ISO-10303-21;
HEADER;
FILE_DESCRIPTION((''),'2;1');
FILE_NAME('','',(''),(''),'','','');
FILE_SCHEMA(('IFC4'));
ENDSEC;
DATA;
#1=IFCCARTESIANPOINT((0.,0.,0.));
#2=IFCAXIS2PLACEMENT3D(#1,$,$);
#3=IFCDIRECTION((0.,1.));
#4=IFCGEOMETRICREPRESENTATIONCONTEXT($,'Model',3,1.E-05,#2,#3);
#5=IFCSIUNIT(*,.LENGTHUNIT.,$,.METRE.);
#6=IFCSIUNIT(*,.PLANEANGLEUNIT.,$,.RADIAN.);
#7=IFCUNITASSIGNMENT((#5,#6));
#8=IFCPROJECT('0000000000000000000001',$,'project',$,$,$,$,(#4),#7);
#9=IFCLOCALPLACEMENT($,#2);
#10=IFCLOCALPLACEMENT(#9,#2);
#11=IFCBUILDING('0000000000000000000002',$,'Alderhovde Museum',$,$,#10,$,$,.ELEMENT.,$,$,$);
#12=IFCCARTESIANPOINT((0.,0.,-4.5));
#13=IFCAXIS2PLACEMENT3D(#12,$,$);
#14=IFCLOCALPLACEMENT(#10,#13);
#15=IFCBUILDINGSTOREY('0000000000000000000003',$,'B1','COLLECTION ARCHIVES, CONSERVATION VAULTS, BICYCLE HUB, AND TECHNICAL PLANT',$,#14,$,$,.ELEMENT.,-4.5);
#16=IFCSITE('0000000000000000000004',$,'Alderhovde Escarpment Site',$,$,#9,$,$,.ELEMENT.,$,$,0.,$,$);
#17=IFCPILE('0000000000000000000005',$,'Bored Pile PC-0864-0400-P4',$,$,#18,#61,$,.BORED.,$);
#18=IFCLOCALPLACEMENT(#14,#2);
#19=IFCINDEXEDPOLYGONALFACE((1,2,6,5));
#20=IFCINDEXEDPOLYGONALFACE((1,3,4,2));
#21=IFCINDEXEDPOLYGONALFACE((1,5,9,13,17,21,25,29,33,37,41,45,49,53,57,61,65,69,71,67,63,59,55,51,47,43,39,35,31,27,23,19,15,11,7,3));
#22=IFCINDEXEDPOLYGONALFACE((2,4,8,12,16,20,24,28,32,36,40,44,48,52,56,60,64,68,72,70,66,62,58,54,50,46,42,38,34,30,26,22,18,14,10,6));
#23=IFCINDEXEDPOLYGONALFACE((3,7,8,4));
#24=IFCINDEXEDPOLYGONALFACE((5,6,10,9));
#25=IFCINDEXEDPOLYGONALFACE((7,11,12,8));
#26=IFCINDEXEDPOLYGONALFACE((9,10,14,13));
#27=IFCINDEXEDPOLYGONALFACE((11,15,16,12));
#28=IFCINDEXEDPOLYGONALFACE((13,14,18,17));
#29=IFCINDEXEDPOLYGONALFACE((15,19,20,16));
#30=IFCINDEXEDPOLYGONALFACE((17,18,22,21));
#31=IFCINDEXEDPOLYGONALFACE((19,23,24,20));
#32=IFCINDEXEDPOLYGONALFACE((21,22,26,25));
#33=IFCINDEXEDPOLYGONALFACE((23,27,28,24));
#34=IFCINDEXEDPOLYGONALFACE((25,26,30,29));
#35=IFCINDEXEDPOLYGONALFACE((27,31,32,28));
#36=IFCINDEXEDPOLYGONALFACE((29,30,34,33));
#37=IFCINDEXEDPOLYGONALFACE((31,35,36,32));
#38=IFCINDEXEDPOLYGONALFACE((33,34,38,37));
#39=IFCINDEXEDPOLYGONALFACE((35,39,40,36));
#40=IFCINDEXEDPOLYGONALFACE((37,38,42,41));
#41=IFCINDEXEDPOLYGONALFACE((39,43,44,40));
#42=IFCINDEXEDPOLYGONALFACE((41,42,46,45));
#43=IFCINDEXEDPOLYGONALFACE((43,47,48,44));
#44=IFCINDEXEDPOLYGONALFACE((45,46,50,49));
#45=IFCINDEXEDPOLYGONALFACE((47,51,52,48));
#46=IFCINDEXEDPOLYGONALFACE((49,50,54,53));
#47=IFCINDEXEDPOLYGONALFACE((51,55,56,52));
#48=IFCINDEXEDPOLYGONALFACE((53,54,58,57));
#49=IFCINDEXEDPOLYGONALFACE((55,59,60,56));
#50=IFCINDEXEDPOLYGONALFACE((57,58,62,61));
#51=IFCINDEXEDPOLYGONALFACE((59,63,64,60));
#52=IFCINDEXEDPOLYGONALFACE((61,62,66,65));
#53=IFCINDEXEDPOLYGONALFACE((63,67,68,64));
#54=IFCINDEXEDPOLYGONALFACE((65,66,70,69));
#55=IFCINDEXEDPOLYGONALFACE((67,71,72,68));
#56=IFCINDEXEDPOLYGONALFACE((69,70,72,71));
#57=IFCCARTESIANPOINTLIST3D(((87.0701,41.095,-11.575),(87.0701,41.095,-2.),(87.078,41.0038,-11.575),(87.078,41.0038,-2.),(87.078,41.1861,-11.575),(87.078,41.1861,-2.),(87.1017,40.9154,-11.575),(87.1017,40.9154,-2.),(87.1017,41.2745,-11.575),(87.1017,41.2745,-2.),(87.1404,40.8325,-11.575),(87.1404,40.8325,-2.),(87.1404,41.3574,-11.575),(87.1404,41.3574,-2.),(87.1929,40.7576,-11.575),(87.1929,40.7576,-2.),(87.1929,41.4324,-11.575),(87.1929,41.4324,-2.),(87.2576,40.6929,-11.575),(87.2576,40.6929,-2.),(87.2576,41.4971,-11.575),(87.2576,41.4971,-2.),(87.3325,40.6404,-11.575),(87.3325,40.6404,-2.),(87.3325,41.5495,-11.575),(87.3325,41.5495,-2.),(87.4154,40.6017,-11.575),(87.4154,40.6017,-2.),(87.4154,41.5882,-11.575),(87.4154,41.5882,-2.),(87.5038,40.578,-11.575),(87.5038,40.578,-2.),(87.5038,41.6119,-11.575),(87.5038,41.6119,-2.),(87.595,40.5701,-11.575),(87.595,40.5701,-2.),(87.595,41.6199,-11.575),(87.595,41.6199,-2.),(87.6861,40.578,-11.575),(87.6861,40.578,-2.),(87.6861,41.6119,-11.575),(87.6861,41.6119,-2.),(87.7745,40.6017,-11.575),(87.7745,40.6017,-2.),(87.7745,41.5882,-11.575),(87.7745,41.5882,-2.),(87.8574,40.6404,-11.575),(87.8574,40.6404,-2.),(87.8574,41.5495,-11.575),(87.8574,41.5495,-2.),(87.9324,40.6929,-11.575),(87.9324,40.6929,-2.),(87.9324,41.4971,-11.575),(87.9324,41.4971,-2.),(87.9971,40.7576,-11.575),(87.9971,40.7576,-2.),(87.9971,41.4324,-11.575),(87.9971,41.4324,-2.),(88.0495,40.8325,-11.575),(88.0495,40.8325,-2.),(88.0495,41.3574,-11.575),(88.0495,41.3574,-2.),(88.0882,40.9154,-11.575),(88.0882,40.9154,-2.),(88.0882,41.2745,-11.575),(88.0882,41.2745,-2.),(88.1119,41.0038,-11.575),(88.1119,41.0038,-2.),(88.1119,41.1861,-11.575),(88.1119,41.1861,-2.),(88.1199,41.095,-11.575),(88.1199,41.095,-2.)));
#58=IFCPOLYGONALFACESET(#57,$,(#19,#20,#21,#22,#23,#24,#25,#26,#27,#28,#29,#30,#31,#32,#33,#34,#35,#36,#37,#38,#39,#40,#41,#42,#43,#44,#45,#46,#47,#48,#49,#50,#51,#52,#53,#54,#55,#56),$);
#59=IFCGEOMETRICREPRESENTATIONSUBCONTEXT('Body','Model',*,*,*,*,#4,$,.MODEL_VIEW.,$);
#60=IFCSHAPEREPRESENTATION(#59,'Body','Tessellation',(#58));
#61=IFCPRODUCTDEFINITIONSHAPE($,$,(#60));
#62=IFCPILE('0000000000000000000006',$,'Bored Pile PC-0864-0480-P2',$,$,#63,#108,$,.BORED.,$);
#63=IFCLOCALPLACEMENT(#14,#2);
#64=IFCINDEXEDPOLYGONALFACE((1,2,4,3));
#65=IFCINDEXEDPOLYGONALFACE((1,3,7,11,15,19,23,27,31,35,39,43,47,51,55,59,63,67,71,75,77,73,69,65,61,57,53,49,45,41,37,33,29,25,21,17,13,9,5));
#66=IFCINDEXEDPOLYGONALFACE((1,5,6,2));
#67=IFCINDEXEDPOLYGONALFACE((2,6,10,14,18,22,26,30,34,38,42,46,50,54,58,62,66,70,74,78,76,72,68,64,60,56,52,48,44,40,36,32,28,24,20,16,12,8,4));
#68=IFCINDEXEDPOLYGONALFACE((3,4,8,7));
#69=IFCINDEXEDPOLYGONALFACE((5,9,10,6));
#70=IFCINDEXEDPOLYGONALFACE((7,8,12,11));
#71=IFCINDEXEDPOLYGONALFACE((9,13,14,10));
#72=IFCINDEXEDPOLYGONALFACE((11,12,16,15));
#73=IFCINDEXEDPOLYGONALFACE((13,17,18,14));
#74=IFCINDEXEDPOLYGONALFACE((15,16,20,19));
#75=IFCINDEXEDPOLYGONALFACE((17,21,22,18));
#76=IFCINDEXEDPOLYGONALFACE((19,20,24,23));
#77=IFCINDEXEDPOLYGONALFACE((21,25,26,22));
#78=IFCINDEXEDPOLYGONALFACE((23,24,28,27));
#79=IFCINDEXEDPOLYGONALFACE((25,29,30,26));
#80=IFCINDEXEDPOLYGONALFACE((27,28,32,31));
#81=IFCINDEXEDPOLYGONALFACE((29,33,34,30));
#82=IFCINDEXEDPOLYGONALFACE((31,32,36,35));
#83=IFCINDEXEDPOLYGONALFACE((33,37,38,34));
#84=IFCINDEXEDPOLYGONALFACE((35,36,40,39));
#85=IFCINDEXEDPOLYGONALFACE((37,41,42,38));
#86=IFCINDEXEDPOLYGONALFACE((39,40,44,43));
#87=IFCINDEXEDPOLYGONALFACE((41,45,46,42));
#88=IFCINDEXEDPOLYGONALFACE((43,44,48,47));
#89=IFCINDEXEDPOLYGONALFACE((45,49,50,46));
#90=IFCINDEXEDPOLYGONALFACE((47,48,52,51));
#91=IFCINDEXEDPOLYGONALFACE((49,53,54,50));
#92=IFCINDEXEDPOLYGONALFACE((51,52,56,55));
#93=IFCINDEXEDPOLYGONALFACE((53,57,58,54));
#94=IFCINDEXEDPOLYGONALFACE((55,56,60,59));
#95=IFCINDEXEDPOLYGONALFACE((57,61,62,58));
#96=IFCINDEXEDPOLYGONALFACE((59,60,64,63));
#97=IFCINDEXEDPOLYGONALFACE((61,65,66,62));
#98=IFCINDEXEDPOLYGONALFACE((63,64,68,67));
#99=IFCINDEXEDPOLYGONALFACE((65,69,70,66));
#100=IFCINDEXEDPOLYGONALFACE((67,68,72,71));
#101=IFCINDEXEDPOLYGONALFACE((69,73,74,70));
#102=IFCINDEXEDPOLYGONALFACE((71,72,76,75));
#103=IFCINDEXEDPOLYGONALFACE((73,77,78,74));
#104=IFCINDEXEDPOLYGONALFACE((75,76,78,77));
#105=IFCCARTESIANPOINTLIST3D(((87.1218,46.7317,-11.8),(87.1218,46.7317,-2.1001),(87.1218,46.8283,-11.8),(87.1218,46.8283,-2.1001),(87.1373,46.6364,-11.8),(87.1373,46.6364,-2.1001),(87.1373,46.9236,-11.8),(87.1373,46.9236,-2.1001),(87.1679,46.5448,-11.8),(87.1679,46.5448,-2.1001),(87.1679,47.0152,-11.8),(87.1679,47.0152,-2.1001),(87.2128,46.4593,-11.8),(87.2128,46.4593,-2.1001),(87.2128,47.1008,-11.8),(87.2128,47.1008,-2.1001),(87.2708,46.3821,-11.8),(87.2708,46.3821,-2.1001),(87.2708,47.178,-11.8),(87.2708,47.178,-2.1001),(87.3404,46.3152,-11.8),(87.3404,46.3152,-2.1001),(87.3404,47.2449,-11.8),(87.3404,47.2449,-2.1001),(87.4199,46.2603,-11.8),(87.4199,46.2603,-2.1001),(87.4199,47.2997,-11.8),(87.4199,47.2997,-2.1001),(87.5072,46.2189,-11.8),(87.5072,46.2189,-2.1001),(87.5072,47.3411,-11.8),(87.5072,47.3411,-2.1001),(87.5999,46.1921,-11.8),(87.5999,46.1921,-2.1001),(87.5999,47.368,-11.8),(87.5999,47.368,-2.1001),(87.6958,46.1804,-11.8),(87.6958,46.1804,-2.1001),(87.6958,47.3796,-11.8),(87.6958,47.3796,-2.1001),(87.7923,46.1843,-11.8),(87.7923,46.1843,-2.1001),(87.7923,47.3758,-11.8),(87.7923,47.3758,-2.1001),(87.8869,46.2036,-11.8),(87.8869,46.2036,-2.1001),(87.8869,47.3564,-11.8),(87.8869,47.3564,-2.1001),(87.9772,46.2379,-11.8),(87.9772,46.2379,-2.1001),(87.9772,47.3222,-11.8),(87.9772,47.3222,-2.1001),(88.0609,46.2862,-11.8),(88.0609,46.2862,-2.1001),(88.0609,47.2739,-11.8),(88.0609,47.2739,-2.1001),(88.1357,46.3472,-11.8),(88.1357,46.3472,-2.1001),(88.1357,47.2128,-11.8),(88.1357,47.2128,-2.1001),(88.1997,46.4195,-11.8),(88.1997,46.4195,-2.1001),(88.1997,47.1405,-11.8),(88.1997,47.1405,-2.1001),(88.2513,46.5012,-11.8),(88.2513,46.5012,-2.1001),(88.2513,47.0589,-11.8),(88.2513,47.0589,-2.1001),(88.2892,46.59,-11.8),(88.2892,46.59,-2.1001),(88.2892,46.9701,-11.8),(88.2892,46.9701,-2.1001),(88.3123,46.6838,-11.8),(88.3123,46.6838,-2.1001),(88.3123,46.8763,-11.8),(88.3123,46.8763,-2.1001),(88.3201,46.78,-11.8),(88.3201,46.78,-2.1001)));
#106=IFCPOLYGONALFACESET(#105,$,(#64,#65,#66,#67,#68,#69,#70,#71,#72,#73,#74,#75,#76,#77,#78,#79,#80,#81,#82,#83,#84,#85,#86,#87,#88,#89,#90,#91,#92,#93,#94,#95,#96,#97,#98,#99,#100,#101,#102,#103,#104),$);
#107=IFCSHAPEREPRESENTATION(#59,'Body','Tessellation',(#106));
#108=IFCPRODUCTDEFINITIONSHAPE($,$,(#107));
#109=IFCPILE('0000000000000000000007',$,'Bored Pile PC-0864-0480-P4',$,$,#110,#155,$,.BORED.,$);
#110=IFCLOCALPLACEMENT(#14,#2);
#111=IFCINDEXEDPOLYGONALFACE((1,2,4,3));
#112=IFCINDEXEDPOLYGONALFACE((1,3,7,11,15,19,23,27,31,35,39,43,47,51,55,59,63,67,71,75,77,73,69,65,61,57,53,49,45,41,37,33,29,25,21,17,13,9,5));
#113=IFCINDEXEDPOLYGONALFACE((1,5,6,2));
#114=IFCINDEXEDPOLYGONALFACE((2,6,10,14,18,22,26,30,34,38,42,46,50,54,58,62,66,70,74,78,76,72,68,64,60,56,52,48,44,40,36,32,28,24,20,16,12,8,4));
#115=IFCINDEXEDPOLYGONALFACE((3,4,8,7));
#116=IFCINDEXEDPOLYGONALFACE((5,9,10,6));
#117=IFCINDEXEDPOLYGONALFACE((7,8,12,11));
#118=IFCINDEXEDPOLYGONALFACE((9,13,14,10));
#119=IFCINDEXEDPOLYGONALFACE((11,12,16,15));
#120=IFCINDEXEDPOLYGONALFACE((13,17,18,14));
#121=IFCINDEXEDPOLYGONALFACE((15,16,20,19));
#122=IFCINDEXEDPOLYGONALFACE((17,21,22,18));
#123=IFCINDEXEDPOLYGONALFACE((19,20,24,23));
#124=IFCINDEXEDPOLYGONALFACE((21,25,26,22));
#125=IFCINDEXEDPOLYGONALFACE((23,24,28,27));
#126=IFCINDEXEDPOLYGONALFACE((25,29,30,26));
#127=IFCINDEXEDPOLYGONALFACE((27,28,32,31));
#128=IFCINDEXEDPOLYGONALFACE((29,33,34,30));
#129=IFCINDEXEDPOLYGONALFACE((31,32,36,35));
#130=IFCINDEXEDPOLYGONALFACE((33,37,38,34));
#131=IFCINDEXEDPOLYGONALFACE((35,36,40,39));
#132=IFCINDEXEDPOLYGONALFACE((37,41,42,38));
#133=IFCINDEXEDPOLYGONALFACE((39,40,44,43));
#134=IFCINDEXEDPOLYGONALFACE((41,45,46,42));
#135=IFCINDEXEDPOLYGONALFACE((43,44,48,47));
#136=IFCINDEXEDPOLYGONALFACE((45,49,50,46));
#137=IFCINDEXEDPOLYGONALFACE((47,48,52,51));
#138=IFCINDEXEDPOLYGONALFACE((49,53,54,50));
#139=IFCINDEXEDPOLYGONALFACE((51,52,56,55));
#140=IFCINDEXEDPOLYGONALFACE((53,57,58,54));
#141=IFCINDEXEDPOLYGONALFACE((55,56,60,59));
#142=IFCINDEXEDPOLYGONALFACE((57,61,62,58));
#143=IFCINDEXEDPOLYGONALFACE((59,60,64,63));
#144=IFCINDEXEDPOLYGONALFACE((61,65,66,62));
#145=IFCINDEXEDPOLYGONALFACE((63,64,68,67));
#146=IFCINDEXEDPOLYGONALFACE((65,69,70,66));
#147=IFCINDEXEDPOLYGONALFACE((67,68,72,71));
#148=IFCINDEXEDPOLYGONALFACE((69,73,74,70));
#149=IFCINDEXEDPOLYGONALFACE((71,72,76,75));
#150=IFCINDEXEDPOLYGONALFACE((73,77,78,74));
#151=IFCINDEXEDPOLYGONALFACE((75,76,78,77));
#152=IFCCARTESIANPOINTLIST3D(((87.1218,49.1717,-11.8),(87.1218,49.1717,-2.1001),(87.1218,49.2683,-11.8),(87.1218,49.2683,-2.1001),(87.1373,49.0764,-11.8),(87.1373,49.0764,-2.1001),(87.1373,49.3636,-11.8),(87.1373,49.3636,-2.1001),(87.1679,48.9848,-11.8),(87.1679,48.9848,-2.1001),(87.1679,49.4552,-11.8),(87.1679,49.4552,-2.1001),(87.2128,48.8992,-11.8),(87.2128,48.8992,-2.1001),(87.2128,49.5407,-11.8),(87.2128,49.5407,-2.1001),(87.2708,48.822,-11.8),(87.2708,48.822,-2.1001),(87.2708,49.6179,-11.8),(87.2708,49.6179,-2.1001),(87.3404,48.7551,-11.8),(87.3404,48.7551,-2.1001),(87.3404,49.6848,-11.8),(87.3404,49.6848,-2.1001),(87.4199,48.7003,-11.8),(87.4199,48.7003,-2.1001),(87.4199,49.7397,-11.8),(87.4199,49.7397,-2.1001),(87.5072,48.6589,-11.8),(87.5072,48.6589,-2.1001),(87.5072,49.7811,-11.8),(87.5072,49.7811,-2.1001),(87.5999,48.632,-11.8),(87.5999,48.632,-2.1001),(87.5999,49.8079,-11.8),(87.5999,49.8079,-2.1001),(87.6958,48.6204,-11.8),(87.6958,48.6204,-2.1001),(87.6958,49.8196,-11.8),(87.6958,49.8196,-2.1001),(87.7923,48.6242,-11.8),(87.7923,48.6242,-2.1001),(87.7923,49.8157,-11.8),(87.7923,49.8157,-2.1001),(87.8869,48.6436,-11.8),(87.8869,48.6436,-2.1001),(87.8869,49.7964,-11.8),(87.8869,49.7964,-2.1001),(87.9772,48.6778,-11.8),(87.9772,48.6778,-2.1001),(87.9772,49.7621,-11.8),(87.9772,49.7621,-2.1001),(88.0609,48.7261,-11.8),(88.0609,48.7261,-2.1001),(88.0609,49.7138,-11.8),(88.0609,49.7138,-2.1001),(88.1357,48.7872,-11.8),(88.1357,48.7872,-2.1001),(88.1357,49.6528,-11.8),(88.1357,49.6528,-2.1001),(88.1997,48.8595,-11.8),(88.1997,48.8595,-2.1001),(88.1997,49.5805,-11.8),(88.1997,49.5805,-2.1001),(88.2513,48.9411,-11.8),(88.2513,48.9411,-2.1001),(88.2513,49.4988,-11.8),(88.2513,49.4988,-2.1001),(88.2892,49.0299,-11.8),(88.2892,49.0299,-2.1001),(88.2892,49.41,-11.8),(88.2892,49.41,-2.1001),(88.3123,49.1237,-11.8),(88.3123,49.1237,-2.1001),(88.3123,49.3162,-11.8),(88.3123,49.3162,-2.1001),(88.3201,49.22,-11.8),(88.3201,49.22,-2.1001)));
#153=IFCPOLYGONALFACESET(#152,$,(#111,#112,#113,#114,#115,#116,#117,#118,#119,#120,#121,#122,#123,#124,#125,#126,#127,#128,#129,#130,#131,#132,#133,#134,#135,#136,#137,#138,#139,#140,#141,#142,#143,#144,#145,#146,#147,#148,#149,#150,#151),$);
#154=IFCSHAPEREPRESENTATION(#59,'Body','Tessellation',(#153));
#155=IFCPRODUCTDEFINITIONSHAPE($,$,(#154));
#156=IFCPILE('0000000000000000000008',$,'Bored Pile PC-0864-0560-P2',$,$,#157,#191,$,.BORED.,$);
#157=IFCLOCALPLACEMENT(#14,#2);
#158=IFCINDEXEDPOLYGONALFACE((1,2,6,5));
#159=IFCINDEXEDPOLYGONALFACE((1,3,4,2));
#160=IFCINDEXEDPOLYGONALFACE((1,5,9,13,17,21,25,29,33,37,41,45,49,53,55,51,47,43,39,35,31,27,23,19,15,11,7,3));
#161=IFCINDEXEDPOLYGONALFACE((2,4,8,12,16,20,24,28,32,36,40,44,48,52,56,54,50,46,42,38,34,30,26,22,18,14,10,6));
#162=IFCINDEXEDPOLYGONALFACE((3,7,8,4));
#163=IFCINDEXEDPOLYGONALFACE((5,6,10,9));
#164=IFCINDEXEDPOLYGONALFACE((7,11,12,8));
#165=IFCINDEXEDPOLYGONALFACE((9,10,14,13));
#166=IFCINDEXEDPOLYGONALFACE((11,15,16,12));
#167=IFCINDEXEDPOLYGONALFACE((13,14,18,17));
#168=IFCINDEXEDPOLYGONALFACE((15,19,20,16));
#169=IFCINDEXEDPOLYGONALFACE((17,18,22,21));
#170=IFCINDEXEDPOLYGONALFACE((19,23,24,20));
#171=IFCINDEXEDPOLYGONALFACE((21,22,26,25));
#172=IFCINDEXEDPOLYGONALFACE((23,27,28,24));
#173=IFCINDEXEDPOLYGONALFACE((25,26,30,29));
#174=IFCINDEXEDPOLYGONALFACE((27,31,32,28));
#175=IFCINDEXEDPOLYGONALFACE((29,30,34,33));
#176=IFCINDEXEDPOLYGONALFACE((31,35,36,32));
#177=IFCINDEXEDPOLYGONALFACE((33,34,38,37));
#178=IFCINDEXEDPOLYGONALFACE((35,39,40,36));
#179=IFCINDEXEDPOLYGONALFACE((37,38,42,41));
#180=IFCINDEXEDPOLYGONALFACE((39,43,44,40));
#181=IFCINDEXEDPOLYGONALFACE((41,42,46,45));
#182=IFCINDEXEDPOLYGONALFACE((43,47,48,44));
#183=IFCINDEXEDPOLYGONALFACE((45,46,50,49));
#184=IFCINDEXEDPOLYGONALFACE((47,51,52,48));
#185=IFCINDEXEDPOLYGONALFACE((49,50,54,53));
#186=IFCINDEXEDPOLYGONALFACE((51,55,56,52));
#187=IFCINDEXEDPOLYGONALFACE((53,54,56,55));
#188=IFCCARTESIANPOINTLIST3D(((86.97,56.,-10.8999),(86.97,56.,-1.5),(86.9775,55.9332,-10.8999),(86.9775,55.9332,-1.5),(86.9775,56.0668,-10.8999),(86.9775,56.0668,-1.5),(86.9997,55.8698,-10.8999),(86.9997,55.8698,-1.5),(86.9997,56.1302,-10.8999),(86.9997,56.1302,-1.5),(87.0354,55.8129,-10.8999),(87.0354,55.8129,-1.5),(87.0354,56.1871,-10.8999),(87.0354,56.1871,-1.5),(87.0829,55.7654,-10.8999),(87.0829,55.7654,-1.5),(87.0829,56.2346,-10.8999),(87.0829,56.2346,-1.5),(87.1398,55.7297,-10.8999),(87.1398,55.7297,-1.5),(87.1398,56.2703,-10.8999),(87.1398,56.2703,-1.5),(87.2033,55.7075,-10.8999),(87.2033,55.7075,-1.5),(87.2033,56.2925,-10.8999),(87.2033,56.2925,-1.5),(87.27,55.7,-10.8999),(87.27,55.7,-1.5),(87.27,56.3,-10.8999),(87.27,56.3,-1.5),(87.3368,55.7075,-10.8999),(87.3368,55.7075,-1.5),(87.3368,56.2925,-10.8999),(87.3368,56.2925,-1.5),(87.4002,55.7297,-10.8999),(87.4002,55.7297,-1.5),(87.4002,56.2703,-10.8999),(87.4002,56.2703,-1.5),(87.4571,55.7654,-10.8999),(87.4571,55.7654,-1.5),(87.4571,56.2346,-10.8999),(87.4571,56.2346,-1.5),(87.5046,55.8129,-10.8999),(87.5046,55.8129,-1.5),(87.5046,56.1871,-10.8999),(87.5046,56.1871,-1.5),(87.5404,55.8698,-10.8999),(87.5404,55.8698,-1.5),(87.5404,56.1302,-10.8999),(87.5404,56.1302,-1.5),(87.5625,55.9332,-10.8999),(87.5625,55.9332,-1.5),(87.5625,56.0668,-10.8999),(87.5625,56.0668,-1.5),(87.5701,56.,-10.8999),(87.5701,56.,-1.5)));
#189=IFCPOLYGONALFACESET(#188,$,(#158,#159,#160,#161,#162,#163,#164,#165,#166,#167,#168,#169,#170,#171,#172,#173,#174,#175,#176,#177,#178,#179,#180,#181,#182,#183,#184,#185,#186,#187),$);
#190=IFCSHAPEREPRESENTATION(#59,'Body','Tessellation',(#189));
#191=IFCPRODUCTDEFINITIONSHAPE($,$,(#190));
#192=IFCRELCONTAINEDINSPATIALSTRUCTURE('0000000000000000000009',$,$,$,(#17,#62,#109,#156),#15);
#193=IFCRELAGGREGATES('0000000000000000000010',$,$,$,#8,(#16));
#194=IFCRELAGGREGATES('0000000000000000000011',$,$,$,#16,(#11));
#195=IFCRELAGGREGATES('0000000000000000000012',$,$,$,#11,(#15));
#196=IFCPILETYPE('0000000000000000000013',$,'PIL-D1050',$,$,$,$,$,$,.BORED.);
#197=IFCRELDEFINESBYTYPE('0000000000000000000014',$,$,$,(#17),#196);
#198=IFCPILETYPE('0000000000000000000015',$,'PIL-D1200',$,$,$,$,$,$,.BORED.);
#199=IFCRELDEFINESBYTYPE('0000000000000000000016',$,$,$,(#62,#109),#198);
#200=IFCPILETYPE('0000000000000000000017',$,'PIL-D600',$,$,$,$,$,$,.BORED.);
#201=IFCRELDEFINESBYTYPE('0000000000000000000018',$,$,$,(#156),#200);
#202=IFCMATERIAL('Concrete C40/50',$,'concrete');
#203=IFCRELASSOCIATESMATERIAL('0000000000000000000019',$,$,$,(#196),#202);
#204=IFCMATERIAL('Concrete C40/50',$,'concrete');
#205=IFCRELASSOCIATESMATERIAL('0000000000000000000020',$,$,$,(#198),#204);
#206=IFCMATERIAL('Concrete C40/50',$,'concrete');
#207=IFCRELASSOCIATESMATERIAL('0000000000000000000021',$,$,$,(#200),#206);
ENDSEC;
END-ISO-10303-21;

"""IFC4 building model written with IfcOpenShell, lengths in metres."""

from ifc_helpers import new_model, si_unit, direction, frame, origin, origin_2d, place, context, subcontext, project, spatial, circle, extrude, material, material_profile, profile_set, type_object, element, save


model = new_model("IFC4")

# Units and contexts
model_context = context("Model", 3, precision=1e-05, world=origin(), true_north=direction((0.0, 1.0)))
body_context = subcontext(model_context, "Body", "Model", "MODEL_VIEW")
ifc_project = project(units=[si_unit("LENGTHUNIT", "METRE"), si_unit("PLANEANGLEUNIT", "RADIAN")], contexts=[model_context])

# Site, building, storey
site_placement = place(None, origin())
site = spatial("IfcSite", under=ifc_project, at=site_placement, Name="Alderhovde Escarpment Site", CompositionType="ELEMENT", RefElevation=0.0)
building_placement = place(site_placement, origin())
building = spatial("IfcBuilding", under=site, at=building_placement, Name="Alderhovde Museum", CompositionType="ELEMENT")
storey_placement = place(building_placement, frame((0.0, 0.0, -4.5)))
storey = spatial("IfcBuildingStorey", under=building, at=storey_placement, Name="B1", Description="COLLECTION ARCHIVES, CONSERVATION VAULTS, BICYCLE HUB, AND TECHNICAL PLANT", CompositionType="ELEMENT", Elevation=-4.5)

# Piles
ifc_material_1 = material(Name="Concrete C40/50", Category="concrete")
ifc_material_profile_1 = material_profile(ifc_material_1, circle(Radius=0.5249, at=origin_2d()), Name="PILE-D1050")
ifc_profile_set_1 = profile_set([ifc_material_profile_1], Name="Concrete C40/50")
pile_type_1 = type_object("IfcPileType", Name="PIL-D1050", PredefinedType="BORED", material=ifc_profile_set_1)
for number, where, z_axis, x_axis, name in (
    (1, (87.595, 41.095, -2.0), (0.0, 0.0, -1.0), (1.0, 0.0, 0.0), "Bored Pile PC-0864-0400-P4"),
):
    element("IfcPile", number, at=place(storey_placement, frame(where, z_axis=z_axis, x_axis=x_axis)), inside=storey, type_object=pile_type_1, Name=name, PredefinedType="BORED", context=body_context, shape_type="SweptSolid", body=[
        extrude(circle(Radius=0.5249, at=origin_2d()), origin(), (0.0, 0.0, 1.0), 9.575),
    ])
ifc_material_2 = material(Name="Concrete C40/50", Category="concrete")
ifc_material_profile_2 = material_profile(ifc_material_2, circle(Radius=0.6001, at=origin_2d()), Name="PILE-D1200")
ifc_profile_set_2 = profile_set([ifc_material_profile_2], Name="Concrete C40/50")
pile_type_2 = type_object("IfcPileType", Name="PIL-D1200", PredefinedType="BORED", material=ifc_profile_set_2)
for number, where, z_axis, x_axis, name in (
    (2, (87.72, 46.78, -2.1001), (0.0, 0.0, -1.0), (1.0, 0.0, 0.0), "Bored Pile PC-0864-0480-P2"),
    (3, (87.72, 49.22, -2.1001), (0.0, 0.0, -1.0), (1.0, 0.0, 0.0), "Bored Pile PC-0864-0480-P4"),
):
    element("IfcPile", number, at=place(storey_placement, frame(where, z_axis=z_axis, x_axis=x_axis)), inside=storey, type_object=pile_type_2, Name=name, PredefinedType="BORED", context=body_context, shape_type="SweptSolid", body=[
        extrude(circle(Radius=0.6001, at=origin_2d()), origin(), (0.0, 0.0, 1.0), 9.7),
    ])
ifc_material_3 = material(Name="Concrete C40/50", Category="concrete")
ifc_material_profile_3 = material_profile(ifc_material_3, circle(Radius=0.3, at=origin_2d()), Name="PILE-D600")
ifc_profile_set_3 = profile_set([ifc_material_profile_3], Name="Concrete C40/50")
pile_type_3 = type_object("IfcPileType", Name="PIL-D600", PredefinedType="BORED", material=ifc_profile_set_3)
pile_placement = place(storey_placement, frame((87.27, 56.0, -1.5), z_axis=(0.0, 0.0, -1.0), x_axis=(1.0, 0.0, 0.0)))
element("IfcPile", 4, at=pile_placement, inside=storey, type_object=pile_type_3, Name="Bored Pile PC-0864-0560-P2", PredefinedType="BORED", context=body_context, shape_type="SweptSolid", body=[
    extrude(circle(Radius=0.3, at=origin_2d()), origin(), (0.0, 0.0, 1.0), 9.3999),
])

save(model, "model.ifc")
